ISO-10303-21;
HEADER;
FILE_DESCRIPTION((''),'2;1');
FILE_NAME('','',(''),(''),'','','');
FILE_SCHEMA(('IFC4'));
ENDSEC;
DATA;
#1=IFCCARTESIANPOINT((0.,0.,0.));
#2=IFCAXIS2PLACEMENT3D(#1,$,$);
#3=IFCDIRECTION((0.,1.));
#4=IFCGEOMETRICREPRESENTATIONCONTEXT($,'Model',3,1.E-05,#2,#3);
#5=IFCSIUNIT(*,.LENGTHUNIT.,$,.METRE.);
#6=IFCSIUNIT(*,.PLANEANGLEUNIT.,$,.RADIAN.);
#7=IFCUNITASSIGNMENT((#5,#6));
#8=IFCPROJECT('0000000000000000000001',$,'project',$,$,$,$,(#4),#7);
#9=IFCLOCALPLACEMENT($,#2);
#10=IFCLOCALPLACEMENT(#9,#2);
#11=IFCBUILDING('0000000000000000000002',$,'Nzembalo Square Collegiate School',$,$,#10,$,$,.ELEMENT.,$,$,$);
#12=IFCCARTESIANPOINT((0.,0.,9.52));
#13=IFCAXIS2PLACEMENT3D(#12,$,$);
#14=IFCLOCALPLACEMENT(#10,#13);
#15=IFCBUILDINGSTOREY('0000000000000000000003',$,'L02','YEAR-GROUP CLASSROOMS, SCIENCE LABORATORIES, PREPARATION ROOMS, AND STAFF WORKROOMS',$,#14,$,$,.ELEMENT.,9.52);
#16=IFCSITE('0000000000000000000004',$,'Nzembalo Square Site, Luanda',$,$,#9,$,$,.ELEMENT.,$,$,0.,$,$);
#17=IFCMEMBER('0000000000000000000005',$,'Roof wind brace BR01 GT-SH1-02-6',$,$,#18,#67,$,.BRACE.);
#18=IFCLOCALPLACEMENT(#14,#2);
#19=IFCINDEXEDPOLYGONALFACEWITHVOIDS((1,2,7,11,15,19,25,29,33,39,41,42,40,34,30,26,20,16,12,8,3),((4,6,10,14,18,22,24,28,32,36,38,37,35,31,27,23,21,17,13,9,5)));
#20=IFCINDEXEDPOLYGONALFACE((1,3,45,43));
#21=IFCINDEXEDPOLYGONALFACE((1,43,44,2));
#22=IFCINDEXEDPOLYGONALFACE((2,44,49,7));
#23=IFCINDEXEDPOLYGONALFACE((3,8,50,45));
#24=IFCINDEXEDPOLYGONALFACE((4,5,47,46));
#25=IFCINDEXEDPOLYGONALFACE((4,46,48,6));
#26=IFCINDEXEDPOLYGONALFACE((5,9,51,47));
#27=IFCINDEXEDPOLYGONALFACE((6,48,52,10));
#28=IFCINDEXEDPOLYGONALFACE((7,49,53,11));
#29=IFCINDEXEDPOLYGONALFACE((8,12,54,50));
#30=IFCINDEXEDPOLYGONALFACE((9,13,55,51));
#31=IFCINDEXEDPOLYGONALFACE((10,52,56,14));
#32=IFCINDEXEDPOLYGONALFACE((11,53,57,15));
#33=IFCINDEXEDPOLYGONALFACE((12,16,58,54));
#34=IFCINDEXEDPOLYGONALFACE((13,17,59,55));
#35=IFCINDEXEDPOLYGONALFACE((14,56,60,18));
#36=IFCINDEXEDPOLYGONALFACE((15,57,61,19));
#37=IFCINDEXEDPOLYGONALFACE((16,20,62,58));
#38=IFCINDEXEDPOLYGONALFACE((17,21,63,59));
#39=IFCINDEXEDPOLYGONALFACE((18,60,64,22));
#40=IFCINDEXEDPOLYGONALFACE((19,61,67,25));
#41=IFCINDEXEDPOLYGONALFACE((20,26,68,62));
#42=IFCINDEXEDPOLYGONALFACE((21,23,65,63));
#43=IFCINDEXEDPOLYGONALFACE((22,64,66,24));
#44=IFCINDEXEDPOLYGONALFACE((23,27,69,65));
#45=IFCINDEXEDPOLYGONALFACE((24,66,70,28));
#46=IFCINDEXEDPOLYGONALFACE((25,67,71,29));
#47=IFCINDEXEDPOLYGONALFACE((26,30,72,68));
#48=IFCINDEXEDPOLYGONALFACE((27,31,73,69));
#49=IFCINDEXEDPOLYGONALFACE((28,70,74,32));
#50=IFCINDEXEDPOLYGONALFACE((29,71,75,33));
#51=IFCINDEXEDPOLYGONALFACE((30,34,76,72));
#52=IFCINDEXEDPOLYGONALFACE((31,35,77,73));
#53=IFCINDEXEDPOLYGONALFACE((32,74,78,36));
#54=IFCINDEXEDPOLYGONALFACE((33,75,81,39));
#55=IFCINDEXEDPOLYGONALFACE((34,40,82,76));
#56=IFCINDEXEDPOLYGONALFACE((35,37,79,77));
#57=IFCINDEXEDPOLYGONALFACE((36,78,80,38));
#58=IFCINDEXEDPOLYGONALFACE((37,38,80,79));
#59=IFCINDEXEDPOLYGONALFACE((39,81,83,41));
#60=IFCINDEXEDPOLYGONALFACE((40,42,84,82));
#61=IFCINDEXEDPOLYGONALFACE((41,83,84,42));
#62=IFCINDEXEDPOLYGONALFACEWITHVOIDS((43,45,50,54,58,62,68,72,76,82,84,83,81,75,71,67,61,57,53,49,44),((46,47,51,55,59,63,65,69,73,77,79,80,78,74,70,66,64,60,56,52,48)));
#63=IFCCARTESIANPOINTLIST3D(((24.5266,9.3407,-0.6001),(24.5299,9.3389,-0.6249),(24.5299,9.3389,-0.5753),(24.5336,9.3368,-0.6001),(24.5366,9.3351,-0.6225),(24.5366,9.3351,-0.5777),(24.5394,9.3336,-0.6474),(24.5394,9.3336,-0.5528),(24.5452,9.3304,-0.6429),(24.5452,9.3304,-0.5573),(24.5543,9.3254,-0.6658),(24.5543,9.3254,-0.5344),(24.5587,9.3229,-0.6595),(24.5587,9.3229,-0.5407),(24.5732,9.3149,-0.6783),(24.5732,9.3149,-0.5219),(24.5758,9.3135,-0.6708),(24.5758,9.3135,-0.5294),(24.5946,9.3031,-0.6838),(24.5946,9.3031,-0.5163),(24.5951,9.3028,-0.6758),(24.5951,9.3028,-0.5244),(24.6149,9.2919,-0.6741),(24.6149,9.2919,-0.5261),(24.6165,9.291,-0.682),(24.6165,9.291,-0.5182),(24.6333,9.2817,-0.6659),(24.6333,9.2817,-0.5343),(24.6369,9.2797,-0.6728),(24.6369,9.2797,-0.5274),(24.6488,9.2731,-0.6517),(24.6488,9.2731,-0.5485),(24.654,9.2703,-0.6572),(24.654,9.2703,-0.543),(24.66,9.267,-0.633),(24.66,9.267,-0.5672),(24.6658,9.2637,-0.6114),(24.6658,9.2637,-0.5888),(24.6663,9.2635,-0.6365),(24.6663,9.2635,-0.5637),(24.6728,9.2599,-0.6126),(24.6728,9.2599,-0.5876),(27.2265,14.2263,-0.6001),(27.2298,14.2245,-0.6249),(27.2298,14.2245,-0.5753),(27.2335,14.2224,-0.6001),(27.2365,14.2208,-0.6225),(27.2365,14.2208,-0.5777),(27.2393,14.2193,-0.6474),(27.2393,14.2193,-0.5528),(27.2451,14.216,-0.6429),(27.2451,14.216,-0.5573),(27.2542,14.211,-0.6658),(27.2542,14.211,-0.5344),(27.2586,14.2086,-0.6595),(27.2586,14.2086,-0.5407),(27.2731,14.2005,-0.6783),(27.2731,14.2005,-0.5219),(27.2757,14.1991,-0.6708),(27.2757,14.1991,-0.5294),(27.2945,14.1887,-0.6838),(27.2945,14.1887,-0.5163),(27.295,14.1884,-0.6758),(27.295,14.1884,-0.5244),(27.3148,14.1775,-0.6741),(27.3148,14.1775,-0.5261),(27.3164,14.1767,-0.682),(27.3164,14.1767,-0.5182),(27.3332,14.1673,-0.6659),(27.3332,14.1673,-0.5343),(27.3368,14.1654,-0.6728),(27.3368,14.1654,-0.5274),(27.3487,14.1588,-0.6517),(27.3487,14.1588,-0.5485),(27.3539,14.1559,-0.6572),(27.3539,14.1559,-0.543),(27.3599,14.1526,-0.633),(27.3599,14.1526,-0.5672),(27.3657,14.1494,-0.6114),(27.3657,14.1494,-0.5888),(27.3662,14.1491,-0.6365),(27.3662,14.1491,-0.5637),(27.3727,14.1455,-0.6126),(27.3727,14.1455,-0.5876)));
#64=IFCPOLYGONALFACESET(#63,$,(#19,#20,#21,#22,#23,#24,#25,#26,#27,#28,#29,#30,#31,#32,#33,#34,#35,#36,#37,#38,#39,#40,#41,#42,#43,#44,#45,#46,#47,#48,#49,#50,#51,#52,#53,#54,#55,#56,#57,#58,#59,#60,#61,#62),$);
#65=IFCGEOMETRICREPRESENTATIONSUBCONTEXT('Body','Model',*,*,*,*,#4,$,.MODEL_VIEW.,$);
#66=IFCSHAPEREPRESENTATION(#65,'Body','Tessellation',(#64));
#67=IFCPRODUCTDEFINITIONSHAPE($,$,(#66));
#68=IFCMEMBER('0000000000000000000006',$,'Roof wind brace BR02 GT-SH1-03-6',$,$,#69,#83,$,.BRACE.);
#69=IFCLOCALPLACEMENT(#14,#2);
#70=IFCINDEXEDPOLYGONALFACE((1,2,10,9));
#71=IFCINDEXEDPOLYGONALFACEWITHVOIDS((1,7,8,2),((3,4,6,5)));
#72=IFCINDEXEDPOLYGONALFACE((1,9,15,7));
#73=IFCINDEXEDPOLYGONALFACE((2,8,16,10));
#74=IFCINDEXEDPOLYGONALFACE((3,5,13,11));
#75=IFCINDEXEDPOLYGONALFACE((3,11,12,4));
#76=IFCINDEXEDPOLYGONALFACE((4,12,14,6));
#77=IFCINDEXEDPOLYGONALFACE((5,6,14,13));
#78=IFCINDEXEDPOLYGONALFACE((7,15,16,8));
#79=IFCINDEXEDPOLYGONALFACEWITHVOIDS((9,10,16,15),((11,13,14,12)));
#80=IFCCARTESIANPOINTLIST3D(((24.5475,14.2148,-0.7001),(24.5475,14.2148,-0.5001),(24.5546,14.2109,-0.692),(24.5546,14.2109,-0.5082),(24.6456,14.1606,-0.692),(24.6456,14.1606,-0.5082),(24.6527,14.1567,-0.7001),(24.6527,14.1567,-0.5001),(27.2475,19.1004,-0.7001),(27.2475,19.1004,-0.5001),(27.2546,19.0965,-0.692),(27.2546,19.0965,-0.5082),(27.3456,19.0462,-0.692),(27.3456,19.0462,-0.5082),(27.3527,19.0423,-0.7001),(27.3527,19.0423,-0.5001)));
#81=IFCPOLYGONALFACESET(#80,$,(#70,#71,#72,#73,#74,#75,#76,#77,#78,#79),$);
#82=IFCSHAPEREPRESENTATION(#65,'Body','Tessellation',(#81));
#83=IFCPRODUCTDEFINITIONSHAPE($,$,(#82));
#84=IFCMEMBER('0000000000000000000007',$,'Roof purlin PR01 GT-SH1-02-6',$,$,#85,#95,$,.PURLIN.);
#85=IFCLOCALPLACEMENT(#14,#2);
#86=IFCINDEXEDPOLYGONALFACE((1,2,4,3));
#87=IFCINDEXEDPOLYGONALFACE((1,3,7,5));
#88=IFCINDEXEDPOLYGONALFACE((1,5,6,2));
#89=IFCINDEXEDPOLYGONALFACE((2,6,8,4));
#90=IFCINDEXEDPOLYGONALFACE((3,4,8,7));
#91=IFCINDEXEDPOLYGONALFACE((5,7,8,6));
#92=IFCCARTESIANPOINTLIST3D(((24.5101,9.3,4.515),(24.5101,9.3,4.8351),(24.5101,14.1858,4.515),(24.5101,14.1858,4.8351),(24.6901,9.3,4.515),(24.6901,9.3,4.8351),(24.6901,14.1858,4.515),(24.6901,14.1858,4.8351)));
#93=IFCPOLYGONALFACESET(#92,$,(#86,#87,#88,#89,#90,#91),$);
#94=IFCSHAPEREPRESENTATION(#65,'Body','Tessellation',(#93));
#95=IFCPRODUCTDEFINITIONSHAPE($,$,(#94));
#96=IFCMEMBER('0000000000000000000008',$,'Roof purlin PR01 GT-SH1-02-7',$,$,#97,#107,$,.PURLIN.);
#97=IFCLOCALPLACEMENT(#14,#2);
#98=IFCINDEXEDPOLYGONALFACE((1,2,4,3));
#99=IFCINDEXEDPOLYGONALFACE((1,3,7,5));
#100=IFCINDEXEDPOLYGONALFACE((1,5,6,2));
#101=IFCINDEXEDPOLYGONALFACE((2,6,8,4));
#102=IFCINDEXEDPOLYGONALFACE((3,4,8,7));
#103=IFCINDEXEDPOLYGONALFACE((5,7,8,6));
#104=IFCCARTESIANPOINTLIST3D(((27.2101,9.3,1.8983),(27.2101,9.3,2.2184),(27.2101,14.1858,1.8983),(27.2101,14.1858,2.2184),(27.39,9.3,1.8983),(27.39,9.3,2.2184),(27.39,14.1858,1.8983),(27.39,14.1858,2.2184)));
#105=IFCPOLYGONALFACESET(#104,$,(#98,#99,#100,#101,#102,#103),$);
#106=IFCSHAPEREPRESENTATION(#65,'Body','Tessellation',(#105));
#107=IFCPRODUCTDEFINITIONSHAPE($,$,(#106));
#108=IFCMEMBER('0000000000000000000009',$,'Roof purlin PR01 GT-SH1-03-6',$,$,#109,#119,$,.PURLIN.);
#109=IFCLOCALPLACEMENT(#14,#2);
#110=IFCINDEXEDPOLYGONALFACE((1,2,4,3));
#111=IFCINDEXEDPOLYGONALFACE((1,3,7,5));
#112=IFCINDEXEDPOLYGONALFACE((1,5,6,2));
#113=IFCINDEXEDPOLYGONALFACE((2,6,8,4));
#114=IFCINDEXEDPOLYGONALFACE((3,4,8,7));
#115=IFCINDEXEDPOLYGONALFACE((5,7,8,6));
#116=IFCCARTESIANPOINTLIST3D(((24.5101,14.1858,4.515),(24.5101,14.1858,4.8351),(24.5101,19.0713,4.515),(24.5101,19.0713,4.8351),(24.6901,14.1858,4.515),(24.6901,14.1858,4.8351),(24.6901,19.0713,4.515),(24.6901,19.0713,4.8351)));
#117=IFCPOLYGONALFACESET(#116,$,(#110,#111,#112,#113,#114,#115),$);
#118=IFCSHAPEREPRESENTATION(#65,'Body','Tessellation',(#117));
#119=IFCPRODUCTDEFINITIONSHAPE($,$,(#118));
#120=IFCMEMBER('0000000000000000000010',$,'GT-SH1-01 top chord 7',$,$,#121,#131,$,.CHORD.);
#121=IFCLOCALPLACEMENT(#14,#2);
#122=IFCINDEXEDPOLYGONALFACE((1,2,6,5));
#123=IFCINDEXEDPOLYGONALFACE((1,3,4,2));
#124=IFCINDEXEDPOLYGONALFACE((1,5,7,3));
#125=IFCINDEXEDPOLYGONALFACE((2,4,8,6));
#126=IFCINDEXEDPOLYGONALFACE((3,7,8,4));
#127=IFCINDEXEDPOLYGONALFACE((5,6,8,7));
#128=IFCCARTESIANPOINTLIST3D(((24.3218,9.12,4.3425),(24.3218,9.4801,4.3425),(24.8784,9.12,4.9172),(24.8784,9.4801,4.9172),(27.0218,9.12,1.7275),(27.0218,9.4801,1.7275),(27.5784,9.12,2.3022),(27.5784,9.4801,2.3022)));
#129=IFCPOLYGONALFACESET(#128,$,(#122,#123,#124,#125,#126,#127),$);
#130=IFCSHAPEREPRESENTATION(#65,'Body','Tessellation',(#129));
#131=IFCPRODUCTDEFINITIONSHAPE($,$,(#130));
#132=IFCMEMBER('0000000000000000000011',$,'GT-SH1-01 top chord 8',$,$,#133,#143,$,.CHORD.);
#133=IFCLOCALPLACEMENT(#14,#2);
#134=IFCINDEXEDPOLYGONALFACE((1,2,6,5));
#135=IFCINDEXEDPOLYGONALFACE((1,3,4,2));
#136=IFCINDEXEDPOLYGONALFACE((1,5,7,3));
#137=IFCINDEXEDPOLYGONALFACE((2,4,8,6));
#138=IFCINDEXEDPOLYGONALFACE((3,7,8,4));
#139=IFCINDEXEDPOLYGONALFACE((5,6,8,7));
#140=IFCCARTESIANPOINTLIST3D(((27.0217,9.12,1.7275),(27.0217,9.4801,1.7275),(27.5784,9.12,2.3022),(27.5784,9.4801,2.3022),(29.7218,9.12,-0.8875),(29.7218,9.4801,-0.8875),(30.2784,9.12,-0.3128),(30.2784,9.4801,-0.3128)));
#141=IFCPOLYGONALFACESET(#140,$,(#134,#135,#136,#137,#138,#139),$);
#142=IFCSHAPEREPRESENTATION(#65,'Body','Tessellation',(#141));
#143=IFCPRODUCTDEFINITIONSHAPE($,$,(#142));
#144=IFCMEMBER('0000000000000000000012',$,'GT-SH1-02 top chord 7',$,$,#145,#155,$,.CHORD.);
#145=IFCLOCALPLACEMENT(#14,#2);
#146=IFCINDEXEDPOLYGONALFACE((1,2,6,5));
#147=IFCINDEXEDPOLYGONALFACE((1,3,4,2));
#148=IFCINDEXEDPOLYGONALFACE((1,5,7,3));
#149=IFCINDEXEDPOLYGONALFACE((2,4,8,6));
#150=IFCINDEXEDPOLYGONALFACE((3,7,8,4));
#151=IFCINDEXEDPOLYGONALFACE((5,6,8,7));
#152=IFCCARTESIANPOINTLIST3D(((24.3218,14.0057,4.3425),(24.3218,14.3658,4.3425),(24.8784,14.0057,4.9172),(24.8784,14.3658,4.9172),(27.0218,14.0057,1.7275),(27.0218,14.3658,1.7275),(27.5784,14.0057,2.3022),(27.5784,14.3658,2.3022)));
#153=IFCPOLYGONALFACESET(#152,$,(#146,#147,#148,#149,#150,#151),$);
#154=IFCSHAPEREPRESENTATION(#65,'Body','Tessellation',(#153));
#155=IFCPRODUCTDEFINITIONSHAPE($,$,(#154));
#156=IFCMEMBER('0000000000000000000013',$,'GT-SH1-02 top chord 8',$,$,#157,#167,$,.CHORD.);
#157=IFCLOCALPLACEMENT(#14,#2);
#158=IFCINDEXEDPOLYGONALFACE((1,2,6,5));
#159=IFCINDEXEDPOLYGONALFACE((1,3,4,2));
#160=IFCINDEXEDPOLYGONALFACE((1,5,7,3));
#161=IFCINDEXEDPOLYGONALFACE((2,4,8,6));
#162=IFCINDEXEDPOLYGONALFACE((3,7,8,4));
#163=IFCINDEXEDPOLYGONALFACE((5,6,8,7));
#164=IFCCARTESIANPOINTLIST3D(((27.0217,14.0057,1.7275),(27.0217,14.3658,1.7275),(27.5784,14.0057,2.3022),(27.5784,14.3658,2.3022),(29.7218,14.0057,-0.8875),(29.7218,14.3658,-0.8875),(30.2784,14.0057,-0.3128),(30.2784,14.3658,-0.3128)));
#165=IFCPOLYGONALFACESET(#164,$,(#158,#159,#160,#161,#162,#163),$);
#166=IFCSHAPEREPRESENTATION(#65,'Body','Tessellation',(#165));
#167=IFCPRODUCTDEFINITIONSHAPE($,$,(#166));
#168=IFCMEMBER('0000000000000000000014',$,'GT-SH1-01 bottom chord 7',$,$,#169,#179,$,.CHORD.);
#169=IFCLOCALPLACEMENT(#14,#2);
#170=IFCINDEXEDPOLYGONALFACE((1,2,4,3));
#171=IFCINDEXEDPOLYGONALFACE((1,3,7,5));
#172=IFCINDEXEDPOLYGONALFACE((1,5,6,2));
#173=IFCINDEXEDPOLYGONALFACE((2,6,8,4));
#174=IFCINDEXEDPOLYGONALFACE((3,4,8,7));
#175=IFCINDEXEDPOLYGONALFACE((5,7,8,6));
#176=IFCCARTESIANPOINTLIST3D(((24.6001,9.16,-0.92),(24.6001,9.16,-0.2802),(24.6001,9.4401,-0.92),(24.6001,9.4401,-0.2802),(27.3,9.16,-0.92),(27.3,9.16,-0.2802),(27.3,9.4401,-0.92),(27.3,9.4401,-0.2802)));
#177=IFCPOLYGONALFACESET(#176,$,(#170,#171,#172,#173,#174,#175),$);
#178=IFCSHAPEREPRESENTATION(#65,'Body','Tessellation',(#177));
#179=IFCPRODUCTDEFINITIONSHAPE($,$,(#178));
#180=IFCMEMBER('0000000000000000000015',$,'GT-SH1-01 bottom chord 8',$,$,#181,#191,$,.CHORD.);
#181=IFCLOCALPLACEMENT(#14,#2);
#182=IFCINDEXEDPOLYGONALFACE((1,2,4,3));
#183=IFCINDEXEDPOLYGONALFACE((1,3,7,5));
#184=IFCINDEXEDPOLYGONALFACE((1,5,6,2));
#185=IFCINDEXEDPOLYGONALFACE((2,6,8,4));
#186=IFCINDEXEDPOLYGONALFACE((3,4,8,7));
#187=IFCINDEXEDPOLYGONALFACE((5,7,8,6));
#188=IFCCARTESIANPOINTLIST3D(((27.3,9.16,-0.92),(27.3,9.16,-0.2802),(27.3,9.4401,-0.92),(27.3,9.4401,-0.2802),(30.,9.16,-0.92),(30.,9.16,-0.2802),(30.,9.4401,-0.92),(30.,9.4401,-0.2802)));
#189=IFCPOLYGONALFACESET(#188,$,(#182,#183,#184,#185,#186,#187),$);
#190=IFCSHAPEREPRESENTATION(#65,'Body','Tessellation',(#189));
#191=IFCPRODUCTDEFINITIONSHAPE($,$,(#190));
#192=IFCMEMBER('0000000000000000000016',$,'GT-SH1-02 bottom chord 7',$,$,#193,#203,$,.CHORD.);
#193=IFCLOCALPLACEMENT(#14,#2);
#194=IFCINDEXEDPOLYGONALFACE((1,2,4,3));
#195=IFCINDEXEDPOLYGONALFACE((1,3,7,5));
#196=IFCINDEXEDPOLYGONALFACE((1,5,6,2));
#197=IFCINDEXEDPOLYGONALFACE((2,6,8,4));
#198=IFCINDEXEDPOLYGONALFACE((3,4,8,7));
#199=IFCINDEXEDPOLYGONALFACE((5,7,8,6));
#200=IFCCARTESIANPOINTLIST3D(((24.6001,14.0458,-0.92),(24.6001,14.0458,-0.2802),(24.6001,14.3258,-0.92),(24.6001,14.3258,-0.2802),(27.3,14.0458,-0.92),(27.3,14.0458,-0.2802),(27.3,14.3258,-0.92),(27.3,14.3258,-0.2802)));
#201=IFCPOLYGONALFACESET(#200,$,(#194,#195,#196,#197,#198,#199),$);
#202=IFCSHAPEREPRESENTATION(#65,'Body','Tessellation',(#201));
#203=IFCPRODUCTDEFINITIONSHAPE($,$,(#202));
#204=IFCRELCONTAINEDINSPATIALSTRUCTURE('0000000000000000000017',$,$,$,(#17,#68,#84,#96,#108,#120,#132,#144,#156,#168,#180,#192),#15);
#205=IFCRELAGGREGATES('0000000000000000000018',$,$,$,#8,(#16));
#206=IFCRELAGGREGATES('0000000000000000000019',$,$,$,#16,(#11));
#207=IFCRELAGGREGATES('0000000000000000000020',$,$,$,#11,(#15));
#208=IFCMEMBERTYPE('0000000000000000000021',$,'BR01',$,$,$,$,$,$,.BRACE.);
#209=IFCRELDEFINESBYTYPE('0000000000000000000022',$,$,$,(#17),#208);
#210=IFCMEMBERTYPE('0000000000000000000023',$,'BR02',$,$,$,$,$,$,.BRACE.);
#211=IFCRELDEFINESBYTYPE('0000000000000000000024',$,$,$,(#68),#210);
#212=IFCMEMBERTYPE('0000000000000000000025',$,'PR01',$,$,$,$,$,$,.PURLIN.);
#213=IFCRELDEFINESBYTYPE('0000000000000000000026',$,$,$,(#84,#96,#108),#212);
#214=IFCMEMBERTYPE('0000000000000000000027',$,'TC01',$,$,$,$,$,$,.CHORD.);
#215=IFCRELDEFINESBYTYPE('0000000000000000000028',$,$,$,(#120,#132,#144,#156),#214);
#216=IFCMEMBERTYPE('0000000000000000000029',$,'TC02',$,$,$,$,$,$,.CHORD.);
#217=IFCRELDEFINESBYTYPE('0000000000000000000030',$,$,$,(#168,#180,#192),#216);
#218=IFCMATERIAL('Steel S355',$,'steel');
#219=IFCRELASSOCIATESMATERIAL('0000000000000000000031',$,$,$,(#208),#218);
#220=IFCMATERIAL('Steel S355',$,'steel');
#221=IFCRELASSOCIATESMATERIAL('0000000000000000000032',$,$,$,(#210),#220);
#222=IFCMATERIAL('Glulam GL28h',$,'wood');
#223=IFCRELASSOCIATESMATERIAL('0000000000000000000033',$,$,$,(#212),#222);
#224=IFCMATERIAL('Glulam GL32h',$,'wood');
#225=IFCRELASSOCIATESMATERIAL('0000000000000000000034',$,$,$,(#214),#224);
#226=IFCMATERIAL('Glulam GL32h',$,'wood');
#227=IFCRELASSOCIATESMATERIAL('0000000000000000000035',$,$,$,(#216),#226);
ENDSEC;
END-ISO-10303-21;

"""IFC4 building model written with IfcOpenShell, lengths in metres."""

from ifc_helpers import new_model, si_unit, direction, frame, origin, origin_2d, place, context, subcontext, project, spatial, rectangle, hollow_rectangle, hollow_circle, extrude, material, material_profile, profile_set, type_object, element, save


model = new_model("IFC4")

# Units and contexts
model_context = context("Model", 3, precision=1e-05, world=origin(), true_north=direction((0.0, 1.0)))
body_context = subcontext(model_context, "Body", "Model", "MODEL_VIEW")
ifc_project = project(units=[si_unit("LENGTHUNIT", "METRE"), si_unit("PLANEANGLEUNIT", "RADIAN")], contexts=[model_context])

# Site, building, storey
site_placement = place(None, origin())
site = spatial("IfcSite", under=ifc_project, at=site_placement, Name="Nzembalo Square Site, Luanda", CompositionType="ELEMENT", RefElevation=0.0)
building_placement = place(site_placement, origin())
building = spatial("IfcBuilding", under=site, at=building_placement, Name="Nzembalo Square Collegiate School", CompositionType="ELEMENT")
storey_placement = place(building_placement, frame((0.0, 0.0, 9.52)))
storey = spatial("IfcBuildingStorey", under=building, at=storey_placement, Name="L02", Description="YEAR-GROUP CLASSROOMS, SCIENCE LABORATORIES, PREPARATION ROOMS, AND STAFF WORKROOMS", CompositionType="ELEMENT", Elevation=9.52)

# Members
ifc_material_1 = material(Name="Steel S355", Category="steel")
ifc_material_profile_1 = material_profile(ifc_material_1, hollow_circle(Radius=0.084, WallThickness=0.0081, at=origin_2d()), Name="CHS 168x8")
ifc_profile_set_1 = profile_set([ifc_material_profile_1], Name="Steel S355")
member_type_1 = type_object("IfcMemberType", Name="BR01", PredefinedType="BRACE", material=ifc_profile_set_1)
member_1_placement = place(storey_placement, frame((24.6001, 9.3, -0.6001), z_axis=(0.483677, 0.875246, 0.0), x_axis=(-0.875246, 0.483677, 0.0)))
element("IfcMember", 1, at=member_1_placement, inside=storey, type_object=member_type_1, Name="Roof wind brace BR01 GT-SH1-02-6", PredefinedType="BRACE", context=body_context, shape_type="SweptSolid", body=[
    extrude(hollow_circle(Radius=0.084, WallThickness=0.0081, at=origin_2d()), origin(), (0.0, 0.0, 1.0), 5.582),
])
ifc_material_2 = material(Name="Steel S355", Category="steel")
ifc_material_profile_2 = material_profile(ifc_material_2, hollow_rectangle(XDim=0.1201, YDim=0.2, WallThickness=0.0081, at=origin_2d()), Name="RHS 200x120x8")
ifc_profile_set_2 = profile_set([ifc_material_profile_2], Name="Steel S355")
member_type_2 = type_object("IfcMemberType", Name="BR02", PredefinedType="BRACE", material=ifc_profile_set_2)
member_2_placement = place(storey_placement, frame((24.6001, 14.1858, -0.6001), z_axis=(0.483696, 0.875236, 0.0), x_axis=(-0.875236, 0.483696, 0.0)))
element("IfcMember", 2, at=member_2_placement, inside=storey, type_object=member_type_2, Name="Roof wind brace BR02 GT-SH1-03-6", PredefinedType="BRACE", context=body_context, shape_type="SweptSolid", body=[
    extrude(hollow_rectangle(XDim=0.1201, YDim=0.2, WallThickness=0.0081, at=origin_2d()), origin(), (0.0, 0.0, 1.0), 5.582),
])
ifc_material_3 = material(Name="Glulam GL28h", Category="wood")
ifc_material_profile_3 = material_profile(ifc_material_3, rectangle(XDim=0.1799, YDim=0.3201, at=origin_2d()), Name="GL28h 180x320")
ifc_profile_set_3 = profile_set([ifc_material_profile_3], Name="Glulam GL28h")
member_type_3 = type_object("IfcMemberType", Name="PR01", PredefinedType="PURLIN", material=ifc_profile_set_3)
for number, where, z_axis, x_axis, name in (
    (3, (24.6001, 9.3, 4.675), (0.0, 1.0, 0.0), (-1.0, 0.0, 0.0), "Roof purlin PR01 GT-SH1-02-6"),
    (4, (27.3, 9.3, 2.0583), (0.0, 1.0, 0.0), (-1.0, 0.0, 0.0), "Roof purlin PR01 GT-SH1-02-7"),
):
    element("IfcMember", number, at=place(storey_placement, frame(where, z_axis=z_axis, x_axis=x_axis)), inside=storey, type_object=member_type_3, Name=name, PredefinedType="PURLIN", context=body_context, shape_type="SweptSolid", body=[
        extrude(rectangle(XDim=0.1799, YDim=0.3201, at=origin_2d()), origin(), (0.0, 0.0, 1.0), 4.8857),
    ])
member_3_placement = place(storey_placement, frame((24.6001, 14.1858, 4.675), z_axis=(0.0, 1.0, 0.0), x_axis=(-1.0, 0.0, 0.0)))
element("IfcMember", 5, at=member_3_placement, inside=storey, type_object=member_type_3, Name="Roof purlin PR01 GT-SH1-03-6", PredefinedType="PURLIN", context=body_context, shape_type="SweptSolid", body=[
    extrude(rectangle(XDim=0.1799, YDim=0.3201, at=origin_2d()), origin(), (0.0, 0.0, 1.0), 4.8855),
])
ifc_material_4 = material(Name="Glulam GL32h", Category="wood")
ifc_material_profile_4 = material_profile(ifc_material_4, rectangle(XDim=0.3601, YDim=0.8, at=origin_2d()), Name="GL32h 360x800")
ifc_profile_set_4 = profile_set([ifc_material_profile_4], Name="Glulam GL32h")
member_type_4 = type_object("IfcMemberType", Name="TC01", PredefinedType="CHORD", material=ifc_profile_set_4)
for number, where, z_axis, x_axis, name in (
    (6, (24.6001, 9.3, 4.6299), (0.718318, 0.0, -0.695715), (0.0, 1.0, 0.0), "GT-SH1-01 top chord 7"),
    (7, (27.3, 9.3, 2.0149), (0.718318, 0.0, -0.695715), (0.0, 1.0, 0.0), "GT-SH1-01 top chord 8"),
    (8, (24.6001, 14.1858, 4.6299), (0.718318, 0.0, -0.695715), (0.0, 1.0, 0.0), "GT-SH1-02 top chord 7"),
    (9, (27.3, 14.1858, 2.0149), (0.718318, 0.0, -0.695715), (0.0, 1.0, 0.0), "GT-SH1-02 top chord 8"),
):
    element("IfcMember", number, at=place(storey_placement, frame(where, z_axis=z_axis, x_axis=x_axis)), inside=storey, type_object=member_type_4, Name=name, PredefinedType="CHORD", context=body_context, shape_type="SweptSolid", body=[
        extrude(rectangle(XDim=0.3601, YDim=0.8, at=origin_2d()), origin(), (0.0, 0.0, 1.0), 3.7588),
    ])
ifc_material_5 = material(Name="Glulam GL32h", Category="wood")
ifc_material_profile_5 = material_profile(ifc_material_5, rectangle(XDim=0.28, YDim=0.6399, at=origin_2d()), Name="GL32h 280x640")
ifc_profile_set_5 = profile_set([ifc_material_profile_5], Name="Glulam GL32h")
member_type_5 = type_object("IfcMemberType", Name="TC02", PredefinedType="CHORD", material=ifc_profile_set_5)
for number, where, z_axis, x_axis, name in (
    (10, (24.6001, 9.3, -0.6001), (1.0, 0.0, 0.0), (0.0, 1.0, 0.0), "GT-SH1-01 bottom chord 7"),
    (11, (27.3, 9.3, -0.6001), (1.0, 0.0, 0.0), (0.0, 1.0, 0.0), "GT-SH1-01 bottom chord 8"),
    (12, (24.6001, 14.1858, -0.6001), (1.0, 0.0, 0.0), (0.0, 1.0, 0.0), "GT-SH1-02 bottom chord 7"),
):
    element("IfcMember", number, at=place(storey_placement, frame(where, z_axis=z_axis, x_axis=x_axis)), inside=storey, type_object=member_type_5, Name=name, PredefinedType="CHORD", context=body_context, shape_type="SweptSolid", body=[
        extrude(rectangle(XDim=0.28, YDim=0.6399, at=origin_2d()), origin(), (0.0, 0.0, 1.0), 2.7),
    ])

save(model, "model.ifc")
